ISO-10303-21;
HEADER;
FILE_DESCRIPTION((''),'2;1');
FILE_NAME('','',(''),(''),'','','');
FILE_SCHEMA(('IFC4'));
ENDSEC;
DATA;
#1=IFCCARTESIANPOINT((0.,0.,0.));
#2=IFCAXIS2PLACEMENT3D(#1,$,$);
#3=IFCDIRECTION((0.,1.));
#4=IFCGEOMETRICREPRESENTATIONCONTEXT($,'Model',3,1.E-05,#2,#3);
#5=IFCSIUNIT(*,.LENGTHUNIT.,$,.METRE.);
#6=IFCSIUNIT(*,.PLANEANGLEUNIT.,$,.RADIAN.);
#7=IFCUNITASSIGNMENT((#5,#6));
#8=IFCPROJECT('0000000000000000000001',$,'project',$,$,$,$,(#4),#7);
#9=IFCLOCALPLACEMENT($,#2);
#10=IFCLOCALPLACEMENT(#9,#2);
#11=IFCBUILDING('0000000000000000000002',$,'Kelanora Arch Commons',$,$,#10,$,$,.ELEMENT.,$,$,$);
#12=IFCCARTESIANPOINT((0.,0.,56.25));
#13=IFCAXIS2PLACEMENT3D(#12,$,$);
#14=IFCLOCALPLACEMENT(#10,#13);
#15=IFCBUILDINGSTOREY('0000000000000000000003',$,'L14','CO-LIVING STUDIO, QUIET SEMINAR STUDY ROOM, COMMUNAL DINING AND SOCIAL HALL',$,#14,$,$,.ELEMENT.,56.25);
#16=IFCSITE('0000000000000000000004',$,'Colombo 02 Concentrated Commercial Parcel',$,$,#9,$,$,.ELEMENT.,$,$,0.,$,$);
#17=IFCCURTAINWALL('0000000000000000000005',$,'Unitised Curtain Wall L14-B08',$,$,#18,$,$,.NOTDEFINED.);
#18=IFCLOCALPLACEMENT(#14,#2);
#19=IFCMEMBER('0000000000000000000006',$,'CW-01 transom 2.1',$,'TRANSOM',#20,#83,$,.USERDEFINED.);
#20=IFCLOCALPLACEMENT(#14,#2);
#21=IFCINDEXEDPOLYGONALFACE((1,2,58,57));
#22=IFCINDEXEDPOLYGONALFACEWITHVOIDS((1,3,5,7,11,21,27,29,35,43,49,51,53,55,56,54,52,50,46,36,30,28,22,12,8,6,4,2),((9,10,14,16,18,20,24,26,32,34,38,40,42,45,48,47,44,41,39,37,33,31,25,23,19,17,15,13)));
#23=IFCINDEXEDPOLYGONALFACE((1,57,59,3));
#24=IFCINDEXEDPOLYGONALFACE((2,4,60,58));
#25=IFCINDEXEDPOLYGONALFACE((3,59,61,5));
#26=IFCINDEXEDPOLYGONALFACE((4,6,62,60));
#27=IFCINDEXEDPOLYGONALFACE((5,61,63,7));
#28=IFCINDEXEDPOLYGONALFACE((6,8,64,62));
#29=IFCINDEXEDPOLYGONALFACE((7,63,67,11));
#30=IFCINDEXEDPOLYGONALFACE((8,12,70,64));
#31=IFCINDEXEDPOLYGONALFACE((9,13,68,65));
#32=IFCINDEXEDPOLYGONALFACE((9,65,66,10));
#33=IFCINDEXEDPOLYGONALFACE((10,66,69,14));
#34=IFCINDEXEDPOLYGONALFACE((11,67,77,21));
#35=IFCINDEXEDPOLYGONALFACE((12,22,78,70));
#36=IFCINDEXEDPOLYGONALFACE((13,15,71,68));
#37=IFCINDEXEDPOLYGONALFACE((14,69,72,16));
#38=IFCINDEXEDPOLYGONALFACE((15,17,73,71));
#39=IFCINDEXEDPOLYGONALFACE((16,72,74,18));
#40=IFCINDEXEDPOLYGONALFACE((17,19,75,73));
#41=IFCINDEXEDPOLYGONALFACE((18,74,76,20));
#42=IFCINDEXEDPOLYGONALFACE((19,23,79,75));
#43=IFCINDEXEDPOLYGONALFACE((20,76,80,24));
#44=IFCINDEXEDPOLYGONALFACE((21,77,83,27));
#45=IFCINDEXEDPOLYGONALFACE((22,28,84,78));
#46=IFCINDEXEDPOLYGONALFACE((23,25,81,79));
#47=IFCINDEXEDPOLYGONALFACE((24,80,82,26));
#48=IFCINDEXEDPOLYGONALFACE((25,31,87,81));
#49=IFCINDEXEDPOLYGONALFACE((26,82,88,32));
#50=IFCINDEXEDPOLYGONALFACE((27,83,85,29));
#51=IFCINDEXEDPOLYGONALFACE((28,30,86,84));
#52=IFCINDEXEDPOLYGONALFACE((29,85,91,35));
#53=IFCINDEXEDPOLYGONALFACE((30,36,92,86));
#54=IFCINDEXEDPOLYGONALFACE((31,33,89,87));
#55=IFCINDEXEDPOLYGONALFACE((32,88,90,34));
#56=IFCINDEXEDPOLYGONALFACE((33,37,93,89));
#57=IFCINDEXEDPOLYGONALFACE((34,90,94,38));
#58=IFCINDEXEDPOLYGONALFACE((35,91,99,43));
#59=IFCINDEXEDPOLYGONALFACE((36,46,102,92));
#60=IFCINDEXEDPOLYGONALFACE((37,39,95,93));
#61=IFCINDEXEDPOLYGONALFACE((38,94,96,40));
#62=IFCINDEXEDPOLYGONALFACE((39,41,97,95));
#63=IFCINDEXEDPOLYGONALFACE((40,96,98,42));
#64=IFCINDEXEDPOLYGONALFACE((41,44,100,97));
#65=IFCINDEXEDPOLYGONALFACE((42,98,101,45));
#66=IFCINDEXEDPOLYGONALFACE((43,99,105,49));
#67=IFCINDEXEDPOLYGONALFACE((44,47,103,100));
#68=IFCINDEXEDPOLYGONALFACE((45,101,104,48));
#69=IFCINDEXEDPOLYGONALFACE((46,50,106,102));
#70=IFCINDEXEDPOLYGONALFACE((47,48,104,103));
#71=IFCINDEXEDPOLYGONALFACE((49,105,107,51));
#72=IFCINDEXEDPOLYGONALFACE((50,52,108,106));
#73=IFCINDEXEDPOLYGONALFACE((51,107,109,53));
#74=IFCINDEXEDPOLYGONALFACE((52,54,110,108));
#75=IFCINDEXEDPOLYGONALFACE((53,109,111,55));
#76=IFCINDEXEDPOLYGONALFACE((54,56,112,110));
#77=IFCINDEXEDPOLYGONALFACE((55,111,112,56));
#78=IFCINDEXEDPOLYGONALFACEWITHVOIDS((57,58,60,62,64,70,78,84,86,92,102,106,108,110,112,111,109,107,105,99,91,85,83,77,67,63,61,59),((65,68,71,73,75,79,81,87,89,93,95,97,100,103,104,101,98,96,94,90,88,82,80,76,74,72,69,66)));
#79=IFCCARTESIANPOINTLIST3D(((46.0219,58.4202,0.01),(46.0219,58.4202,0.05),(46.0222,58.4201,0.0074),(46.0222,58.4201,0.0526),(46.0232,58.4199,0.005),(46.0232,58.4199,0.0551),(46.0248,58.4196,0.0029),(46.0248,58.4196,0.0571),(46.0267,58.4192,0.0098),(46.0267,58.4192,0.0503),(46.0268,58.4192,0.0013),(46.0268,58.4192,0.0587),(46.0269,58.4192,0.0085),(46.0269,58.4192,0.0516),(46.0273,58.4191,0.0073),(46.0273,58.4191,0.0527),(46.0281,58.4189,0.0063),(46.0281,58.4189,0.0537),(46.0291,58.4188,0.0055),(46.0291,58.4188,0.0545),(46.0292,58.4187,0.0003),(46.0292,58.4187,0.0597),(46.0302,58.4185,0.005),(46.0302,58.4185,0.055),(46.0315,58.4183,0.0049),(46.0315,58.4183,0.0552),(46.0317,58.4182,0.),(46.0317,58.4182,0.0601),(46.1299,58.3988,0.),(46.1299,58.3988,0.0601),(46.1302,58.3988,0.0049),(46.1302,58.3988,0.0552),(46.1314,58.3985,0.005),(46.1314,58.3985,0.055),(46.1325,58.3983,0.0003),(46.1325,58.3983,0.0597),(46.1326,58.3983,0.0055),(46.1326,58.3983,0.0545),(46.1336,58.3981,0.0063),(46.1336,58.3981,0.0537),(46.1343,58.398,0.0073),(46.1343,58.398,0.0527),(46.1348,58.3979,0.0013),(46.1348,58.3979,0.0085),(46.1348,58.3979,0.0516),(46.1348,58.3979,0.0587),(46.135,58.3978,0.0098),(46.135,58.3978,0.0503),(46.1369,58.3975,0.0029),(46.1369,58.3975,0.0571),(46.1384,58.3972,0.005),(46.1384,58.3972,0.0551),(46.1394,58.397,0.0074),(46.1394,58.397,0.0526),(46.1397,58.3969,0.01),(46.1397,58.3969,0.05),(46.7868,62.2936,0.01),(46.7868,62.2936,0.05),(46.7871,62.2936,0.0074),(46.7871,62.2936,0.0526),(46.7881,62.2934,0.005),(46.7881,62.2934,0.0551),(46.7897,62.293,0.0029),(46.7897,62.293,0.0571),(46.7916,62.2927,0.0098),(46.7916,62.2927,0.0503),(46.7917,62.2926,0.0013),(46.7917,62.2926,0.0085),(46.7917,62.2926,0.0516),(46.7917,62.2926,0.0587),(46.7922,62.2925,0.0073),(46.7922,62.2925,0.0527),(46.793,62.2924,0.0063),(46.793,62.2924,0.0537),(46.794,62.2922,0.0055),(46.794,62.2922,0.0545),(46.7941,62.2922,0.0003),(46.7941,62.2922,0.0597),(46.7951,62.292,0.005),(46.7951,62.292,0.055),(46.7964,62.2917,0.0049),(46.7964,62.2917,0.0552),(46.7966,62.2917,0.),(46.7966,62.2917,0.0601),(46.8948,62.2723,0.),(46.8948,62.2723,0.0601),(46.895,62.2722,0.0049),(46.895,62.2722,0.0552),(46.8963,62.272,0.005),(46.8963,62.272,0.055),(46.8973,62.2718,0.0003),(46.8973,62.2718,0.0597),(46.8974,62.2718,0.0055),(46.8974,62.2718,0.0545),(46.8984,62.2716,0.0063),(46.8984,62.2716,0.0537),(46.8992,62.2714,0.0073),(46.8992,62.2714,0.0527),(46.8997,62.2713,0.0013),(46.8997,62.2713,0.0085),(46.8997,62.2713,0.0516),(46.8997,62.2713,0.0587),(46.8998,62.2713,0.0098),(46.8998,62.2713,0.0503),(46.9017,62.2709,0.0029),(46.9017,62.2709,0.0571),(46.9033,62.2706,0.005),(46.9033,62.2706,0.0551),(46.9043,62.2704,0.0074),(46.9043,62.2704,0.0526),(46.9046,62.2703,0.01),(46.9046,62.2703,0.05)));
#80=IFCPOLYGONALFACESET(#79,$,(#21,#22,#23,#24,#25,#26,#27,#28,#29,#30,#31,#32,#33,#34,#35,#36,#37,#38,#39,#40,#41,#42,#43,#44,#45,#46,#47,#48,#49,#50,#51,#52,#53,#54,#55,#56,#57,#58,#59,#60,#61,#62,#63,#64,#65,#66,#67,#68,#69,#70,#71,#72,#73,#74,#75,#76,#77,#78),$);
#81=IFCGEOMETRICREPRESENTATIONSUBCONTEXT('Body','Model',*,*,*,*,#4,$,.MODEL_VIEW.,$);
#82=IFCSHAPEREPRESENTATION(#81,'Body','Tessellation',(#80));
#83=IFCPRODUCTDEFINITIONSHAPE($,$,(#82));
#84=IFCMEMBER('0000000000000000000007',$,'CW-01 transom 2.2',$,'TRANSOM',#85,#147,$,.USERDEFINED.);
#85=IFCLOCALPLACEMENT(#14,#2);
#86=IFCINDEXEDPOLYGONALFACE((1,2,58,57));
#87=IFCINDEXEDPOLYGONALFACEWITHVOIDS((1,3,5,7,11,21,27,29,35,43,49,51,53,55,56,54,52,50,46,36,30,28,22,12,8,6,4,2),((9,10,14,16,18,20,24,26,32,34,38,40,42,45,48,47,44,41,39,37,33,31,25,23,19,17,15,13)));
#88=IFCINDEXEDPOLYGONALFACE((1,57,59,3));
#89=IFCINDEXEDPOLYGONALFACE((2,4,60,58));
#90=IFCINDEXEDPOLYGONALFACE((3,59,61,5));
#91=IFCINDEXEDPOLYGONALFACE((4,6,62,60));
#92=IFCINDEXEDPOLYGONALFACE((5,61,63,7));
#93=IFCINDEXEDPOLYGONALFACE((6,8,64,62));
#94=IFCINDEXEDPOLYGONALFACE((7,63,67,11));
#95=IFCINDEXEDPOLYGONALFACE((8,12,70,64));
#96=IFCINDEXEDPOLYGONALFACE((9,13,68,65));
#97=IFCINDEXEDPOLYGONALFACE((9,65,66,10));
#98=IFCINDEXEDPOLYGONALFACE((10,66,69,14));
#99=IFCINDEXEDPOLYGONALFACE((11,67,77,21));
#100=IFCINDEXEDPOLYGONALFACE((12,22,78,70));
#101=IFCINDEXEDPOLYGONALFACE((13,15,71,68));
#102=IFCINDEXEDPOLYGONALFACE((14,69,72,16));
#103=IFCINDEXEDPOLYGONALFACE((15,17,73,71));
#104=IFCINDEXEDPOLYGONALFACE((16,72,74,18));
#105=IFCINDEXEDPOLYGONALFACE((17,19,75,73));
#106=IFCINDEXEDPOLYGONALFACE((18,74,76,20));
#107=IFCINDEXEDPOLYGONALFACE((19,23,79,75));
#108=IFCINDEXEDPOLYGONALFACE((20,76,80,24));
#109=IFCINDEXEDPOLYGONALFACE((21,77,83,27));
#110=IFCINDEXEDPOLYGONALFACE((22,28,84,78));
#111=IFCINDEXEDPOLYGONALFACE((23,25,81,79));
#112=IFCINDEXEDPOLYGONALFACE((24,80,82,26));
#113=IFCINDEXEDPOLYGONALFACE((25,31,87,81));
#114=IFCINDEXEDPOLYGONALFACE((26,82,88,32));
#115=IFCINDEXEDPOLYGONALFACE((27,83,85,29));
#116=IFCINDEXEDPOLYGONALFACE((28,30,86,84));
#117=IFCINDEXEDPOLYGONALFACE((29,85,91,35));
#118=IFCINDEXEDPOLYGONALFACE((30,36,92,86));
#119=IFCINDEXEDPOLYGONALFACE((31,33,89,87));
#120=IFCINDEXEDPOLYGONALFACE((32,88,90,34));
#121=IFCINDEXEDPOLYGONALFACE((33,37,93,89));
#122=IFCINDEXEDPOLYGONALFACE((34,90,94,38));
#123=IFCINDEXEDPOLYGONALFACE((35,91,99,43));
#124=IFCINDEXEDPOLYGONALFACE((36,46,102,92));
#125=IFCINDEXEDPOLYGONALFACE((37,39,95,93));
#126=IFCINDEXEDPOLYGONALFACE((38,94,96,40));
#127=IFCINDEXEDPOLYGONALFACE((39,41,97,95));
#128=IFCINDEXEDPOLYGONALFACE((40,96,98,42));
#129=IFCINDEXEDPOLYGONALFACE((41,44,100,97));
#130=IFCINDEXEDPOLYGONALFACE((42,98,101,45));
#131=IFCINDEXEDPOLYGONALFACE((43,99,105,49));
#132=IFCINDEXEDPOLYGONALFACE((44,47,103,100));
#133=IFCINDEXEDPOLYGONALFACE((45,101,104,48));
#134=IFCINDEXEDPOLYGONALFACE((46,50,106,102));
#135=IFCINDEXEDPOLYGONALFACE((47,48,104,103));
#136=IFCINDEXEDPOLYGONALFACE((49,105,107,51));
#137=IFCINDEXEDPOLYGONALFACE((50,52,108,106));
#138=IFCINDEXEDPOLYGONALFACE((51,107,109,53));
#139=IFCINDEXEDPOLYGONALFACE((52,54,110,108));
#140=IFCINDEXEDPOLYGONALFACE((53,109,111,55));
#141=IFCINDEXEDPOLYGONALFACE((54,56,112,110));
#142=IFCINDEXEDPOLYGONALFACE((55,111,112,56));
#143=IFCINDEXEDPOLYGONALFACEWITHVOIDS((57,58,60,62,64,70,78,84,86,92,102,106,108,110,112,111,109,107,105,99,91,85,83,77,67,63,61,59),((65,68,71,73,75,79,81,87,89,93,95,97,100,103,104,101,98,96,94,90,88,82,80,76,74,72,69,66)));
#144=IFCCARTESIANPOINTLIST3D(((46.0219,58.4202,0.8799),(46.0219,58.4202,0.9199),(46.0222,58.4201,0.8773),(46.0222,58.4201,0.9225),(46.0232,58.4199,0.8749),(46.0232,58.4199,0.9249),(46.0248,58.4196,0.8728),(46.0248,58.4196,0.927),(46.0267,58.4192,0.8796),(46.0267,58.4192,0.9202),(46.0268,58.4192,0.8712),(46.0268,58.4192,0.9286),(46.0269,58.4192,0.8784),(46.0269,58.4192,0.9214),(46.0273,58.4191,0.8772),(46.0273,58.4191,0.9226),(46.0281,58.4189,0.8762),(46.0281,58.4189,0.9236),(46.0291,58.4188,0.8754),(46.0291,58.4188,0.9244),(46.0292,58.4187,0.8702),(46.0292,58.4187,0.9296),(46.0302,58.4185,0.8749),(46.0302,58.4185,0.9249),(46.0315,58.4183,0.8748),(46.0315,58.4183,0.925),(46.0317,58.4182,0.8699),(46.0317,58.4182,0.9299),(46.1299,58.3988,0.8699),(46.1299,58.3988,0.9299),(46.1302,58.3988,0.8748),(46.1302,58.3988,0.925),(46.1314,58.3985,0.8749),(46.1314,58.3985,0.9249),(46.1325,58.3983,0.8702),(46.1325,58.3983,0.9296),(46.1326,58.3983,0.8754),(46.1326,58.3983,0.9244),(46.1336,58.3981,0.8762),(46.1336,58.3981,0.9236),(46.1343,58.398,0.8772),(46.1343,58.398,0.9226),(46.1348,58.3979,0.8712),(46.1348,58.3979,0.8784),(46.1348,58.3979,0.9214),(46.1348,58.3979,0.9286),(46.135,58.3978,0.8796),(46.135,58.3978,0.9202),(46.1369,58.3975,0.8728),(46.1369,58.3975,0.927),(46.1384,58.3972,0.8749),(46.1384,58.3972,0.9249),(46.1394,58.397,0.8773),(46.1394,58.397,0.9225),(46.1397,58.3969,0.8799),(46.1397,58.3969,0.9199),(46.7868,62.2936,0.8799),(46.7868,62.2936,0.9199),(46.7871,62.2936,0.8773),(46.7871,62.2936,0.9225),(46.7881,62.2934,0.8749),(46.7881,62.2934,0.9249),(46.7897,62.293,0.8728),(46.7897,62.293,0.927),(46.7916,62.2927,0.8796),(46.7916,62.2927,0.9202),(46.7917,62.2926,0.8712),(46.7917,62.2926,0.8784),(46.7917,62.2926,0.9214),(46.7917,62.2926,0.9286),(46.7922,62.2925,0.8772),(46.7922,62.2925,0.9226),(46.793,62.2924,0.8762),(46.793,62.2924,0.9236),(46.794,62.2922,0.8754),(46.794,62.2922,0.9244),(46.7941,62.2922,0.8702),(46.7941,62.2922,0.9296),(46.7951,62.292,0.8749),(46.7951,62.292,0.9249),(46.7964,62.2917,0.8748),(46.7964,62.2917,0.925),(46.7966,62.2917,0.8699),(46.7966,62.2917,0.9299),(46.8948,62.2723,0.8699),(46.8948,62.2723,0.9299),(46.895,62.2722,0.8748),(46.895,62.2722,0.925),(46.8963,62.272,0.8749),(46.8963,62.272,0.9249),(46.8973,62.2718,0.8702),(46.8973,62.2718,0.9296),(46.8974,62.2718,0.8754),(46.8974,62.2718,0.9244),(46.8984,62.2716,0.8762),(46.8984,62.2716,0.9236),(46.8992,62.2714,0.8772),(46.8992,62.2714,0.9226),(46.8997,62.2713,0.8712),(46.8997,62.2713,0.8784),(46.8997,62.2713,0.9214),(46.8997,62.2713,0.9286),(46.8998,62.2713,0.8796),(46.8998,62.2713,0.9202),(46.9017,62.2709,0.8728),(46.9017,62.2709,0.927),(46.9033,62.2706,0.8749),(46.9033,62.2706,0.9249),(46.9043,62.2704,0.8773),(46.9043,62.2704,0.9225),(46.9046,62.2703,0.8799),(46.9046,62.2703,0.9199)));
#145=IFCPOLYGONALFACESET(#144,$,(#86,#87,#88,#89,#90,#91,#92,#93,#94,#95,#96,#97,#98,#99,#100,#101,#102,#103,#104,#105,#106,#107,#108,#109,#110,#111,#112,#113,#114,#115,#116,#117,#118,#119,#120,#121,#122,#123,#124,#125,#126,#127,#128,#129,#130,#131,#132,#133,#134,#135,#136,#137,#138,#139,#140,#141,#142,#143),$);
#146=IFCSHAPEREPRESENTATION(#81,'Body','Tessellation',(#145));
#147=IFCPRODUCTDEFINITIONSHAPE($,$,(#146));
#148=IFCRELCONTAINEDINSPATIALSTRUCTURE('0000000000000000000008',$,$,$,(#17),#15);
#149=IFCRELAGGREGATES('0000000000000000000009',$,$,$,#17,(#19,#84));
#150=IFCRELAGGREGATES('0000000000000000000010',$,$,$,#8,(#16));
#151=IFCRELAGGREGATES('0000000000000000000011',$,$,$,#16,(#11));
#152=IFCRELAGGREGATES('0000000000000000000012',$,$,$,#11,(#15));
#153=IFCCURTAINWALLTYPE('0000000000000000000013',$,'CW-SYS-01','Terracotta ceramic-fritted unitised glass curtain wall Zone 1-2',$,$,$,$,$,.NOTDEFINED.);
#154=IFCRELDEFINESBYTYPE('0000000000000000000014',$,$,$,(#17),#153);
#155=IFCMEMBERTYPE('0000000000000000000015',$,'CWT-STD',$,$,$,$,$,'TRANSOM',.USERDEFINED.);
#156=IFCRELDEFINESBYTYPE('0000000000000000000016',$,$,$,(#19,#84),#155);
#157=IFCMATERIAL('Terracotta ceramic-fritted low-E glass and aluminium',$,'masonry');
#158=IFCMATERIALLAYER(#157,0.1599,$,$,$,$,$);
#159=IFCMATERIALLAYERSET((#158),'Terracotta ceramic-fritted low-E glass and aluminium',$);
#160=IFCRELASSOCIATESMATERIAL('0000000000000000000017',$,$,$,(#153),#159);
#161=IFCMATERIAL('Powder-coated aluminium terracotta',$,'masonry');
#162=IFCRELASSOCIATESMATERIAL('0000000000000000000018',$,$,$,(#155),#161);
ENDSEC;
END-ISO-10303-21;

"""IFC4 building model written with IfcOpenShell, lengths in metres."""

from ifc_helpers import new_model, si_unit, direction, frame, origin, origin_2d, place, context, subcontext, project, spatial, hollow_rectangle, extrude, material, layer, layer_set, material_profile, profile_set, type_object, element, aggregate, save


model = new_model("IFC4")

# Units and contexts
model_context = context("Model", 3, precision=1e-05, world=origin(), true_north=direction((0.0, 1.0)))
body_context = subcontext(model_context, "Body", "Model", "MODEL_VIEW")
ifc_project = project(units=[si_unit("LENGTHUNIT", "METRE"), si_unit("PLANEANGLEUNIT", "RADIAN")], contexts=[model_context])

# Site, building, storey
site_placement = place(None, origin())
site = spatial("IfcSite", under=ifc_project, at=site_placement, Name="Colombo 02 Concentrated Commercial Parcel", CompositionType="ELEMENT", RefElevation=0.0)
building_placement = place(site_placement, origin())
building = spatial("IfcBuilding", under=site, at=building_placement, Name="Kelanora Arch Commons", CompositionType="ELEMENT")
storey_placement = place(building_placement, frame((0.0, 0.0, 56.25)))
storey = spatial("IfcBuildingStorey", under=building, at=storey_placement, Name="L14", Description="CO-LIVING STUDIO, QUIET SEMINAR STUDY ROOM, COMMUNAL DINING AND SOCIAL HALL", CompositionType="ELEMENT", Elevation=56.25)

# Curtain wall, members
ifc_material_1 = material(Name="Terracotta ceramic-fritted low-E glass and aluminium", Category="masonry")
ifc_layer_1 = layer(ifc_material_1, 0.1599)
ifc_layer_set_1 = layer_set([ifc_layer_1], Name="Terracotta ceramic-fritted low-E glass and aluminium")
curtain_wall_type = type_object("IfcCurtainWallType", Name="CW-SYS-01", Description="Terracotta ceramic-fritted unitised glass curtain wall Zone 1-2", PredefinedType="NOTDEFINED", material=ifc_layer_set_1)
curtain_wall_placement = place(storey_placement, origin())
curtain_wall = element("IfcCurtainWall", 1, at=curtain_wall_placement, inside=storey, type_object=curtain_wall_type, Name="Unitised Curtain Wall L14-B08", PredefinedType="NOTDEFINED")
ifc_material_2 = material(Name="Powder-coated aluminium terracotta", Category="masonry")
ifc_material_profile_1 = material_profile(ifc_material_2, hollow_rectangle(XDim=0.1201, YDim=0.0601, WallThickness=0.0049, InnerFilletRadius=0.0049, OuterFilletRadius=0.01, at=origin_2d()), Name="CWT120x60")
ifc_profile_set_1 = profile_set([ifc_material_profile_1], Name="Powder-coated aluminium terracotta")
member_type_1 = type_object("IfcMemberType", Name="CWT-STD", ElementType="TRANSOM", PredefinedType="USERDEFINED", material=ifc_profile_set_1)
member_1_placement = place(storey_placement, frame((46.8457, 62.282, 0.03), z_axis=(-0.193725, -0.981056, 0.0), x_axis=(0.981056, -0.193725, 0.0)))
member_1 = element("IfcMember", 2, at=member_1_placement, type_object=member_type_1, Name="CW-01 transom 2.1", ObjectType="TRANSOM", PredefinedType="USERDEFINED", context=body_context, shape_type="SweptSolid", body=[
    extrude(hollow_rectangle(XDim=0.1201, YDim=0.0601, WallThickness=0.0049, InnerFilletRadius=0.0049, OuterFilletRadius=0.01, at=origin_2d()), origin(), (0.0, 0.0, 1.0), 3.9482),
])
member_2_placement = place(storey_placement, frame((46.8457, 62.282, 0.8999), z_axis=(-0.193725, -0.981056, 0.0), x_axis=(0.981056, -0.193725, 0.0)))
member_2 = element("IfcMember", 3, at=member_2_placement, type_object=member_type_1, Name="CW-01 transom 2.2", ObjectType="TRANSOM", PredefinedType="USERDEFINED", context=body_context, shape_type="SweptSolid", body=[
    extrude(hollow_rectangle(XDim=0.1201, YDim=0.0601, WallThickness=0.0049, InnerFilletRadius=0.0049, OuterFilletRadius=0.01, at=origin_2d()), origin(), (0.0, 0.0, 1.0), 3.9482),
])
aggregate(curtain_wall, [member_1, member_2])

save(model, "model.ifc")
